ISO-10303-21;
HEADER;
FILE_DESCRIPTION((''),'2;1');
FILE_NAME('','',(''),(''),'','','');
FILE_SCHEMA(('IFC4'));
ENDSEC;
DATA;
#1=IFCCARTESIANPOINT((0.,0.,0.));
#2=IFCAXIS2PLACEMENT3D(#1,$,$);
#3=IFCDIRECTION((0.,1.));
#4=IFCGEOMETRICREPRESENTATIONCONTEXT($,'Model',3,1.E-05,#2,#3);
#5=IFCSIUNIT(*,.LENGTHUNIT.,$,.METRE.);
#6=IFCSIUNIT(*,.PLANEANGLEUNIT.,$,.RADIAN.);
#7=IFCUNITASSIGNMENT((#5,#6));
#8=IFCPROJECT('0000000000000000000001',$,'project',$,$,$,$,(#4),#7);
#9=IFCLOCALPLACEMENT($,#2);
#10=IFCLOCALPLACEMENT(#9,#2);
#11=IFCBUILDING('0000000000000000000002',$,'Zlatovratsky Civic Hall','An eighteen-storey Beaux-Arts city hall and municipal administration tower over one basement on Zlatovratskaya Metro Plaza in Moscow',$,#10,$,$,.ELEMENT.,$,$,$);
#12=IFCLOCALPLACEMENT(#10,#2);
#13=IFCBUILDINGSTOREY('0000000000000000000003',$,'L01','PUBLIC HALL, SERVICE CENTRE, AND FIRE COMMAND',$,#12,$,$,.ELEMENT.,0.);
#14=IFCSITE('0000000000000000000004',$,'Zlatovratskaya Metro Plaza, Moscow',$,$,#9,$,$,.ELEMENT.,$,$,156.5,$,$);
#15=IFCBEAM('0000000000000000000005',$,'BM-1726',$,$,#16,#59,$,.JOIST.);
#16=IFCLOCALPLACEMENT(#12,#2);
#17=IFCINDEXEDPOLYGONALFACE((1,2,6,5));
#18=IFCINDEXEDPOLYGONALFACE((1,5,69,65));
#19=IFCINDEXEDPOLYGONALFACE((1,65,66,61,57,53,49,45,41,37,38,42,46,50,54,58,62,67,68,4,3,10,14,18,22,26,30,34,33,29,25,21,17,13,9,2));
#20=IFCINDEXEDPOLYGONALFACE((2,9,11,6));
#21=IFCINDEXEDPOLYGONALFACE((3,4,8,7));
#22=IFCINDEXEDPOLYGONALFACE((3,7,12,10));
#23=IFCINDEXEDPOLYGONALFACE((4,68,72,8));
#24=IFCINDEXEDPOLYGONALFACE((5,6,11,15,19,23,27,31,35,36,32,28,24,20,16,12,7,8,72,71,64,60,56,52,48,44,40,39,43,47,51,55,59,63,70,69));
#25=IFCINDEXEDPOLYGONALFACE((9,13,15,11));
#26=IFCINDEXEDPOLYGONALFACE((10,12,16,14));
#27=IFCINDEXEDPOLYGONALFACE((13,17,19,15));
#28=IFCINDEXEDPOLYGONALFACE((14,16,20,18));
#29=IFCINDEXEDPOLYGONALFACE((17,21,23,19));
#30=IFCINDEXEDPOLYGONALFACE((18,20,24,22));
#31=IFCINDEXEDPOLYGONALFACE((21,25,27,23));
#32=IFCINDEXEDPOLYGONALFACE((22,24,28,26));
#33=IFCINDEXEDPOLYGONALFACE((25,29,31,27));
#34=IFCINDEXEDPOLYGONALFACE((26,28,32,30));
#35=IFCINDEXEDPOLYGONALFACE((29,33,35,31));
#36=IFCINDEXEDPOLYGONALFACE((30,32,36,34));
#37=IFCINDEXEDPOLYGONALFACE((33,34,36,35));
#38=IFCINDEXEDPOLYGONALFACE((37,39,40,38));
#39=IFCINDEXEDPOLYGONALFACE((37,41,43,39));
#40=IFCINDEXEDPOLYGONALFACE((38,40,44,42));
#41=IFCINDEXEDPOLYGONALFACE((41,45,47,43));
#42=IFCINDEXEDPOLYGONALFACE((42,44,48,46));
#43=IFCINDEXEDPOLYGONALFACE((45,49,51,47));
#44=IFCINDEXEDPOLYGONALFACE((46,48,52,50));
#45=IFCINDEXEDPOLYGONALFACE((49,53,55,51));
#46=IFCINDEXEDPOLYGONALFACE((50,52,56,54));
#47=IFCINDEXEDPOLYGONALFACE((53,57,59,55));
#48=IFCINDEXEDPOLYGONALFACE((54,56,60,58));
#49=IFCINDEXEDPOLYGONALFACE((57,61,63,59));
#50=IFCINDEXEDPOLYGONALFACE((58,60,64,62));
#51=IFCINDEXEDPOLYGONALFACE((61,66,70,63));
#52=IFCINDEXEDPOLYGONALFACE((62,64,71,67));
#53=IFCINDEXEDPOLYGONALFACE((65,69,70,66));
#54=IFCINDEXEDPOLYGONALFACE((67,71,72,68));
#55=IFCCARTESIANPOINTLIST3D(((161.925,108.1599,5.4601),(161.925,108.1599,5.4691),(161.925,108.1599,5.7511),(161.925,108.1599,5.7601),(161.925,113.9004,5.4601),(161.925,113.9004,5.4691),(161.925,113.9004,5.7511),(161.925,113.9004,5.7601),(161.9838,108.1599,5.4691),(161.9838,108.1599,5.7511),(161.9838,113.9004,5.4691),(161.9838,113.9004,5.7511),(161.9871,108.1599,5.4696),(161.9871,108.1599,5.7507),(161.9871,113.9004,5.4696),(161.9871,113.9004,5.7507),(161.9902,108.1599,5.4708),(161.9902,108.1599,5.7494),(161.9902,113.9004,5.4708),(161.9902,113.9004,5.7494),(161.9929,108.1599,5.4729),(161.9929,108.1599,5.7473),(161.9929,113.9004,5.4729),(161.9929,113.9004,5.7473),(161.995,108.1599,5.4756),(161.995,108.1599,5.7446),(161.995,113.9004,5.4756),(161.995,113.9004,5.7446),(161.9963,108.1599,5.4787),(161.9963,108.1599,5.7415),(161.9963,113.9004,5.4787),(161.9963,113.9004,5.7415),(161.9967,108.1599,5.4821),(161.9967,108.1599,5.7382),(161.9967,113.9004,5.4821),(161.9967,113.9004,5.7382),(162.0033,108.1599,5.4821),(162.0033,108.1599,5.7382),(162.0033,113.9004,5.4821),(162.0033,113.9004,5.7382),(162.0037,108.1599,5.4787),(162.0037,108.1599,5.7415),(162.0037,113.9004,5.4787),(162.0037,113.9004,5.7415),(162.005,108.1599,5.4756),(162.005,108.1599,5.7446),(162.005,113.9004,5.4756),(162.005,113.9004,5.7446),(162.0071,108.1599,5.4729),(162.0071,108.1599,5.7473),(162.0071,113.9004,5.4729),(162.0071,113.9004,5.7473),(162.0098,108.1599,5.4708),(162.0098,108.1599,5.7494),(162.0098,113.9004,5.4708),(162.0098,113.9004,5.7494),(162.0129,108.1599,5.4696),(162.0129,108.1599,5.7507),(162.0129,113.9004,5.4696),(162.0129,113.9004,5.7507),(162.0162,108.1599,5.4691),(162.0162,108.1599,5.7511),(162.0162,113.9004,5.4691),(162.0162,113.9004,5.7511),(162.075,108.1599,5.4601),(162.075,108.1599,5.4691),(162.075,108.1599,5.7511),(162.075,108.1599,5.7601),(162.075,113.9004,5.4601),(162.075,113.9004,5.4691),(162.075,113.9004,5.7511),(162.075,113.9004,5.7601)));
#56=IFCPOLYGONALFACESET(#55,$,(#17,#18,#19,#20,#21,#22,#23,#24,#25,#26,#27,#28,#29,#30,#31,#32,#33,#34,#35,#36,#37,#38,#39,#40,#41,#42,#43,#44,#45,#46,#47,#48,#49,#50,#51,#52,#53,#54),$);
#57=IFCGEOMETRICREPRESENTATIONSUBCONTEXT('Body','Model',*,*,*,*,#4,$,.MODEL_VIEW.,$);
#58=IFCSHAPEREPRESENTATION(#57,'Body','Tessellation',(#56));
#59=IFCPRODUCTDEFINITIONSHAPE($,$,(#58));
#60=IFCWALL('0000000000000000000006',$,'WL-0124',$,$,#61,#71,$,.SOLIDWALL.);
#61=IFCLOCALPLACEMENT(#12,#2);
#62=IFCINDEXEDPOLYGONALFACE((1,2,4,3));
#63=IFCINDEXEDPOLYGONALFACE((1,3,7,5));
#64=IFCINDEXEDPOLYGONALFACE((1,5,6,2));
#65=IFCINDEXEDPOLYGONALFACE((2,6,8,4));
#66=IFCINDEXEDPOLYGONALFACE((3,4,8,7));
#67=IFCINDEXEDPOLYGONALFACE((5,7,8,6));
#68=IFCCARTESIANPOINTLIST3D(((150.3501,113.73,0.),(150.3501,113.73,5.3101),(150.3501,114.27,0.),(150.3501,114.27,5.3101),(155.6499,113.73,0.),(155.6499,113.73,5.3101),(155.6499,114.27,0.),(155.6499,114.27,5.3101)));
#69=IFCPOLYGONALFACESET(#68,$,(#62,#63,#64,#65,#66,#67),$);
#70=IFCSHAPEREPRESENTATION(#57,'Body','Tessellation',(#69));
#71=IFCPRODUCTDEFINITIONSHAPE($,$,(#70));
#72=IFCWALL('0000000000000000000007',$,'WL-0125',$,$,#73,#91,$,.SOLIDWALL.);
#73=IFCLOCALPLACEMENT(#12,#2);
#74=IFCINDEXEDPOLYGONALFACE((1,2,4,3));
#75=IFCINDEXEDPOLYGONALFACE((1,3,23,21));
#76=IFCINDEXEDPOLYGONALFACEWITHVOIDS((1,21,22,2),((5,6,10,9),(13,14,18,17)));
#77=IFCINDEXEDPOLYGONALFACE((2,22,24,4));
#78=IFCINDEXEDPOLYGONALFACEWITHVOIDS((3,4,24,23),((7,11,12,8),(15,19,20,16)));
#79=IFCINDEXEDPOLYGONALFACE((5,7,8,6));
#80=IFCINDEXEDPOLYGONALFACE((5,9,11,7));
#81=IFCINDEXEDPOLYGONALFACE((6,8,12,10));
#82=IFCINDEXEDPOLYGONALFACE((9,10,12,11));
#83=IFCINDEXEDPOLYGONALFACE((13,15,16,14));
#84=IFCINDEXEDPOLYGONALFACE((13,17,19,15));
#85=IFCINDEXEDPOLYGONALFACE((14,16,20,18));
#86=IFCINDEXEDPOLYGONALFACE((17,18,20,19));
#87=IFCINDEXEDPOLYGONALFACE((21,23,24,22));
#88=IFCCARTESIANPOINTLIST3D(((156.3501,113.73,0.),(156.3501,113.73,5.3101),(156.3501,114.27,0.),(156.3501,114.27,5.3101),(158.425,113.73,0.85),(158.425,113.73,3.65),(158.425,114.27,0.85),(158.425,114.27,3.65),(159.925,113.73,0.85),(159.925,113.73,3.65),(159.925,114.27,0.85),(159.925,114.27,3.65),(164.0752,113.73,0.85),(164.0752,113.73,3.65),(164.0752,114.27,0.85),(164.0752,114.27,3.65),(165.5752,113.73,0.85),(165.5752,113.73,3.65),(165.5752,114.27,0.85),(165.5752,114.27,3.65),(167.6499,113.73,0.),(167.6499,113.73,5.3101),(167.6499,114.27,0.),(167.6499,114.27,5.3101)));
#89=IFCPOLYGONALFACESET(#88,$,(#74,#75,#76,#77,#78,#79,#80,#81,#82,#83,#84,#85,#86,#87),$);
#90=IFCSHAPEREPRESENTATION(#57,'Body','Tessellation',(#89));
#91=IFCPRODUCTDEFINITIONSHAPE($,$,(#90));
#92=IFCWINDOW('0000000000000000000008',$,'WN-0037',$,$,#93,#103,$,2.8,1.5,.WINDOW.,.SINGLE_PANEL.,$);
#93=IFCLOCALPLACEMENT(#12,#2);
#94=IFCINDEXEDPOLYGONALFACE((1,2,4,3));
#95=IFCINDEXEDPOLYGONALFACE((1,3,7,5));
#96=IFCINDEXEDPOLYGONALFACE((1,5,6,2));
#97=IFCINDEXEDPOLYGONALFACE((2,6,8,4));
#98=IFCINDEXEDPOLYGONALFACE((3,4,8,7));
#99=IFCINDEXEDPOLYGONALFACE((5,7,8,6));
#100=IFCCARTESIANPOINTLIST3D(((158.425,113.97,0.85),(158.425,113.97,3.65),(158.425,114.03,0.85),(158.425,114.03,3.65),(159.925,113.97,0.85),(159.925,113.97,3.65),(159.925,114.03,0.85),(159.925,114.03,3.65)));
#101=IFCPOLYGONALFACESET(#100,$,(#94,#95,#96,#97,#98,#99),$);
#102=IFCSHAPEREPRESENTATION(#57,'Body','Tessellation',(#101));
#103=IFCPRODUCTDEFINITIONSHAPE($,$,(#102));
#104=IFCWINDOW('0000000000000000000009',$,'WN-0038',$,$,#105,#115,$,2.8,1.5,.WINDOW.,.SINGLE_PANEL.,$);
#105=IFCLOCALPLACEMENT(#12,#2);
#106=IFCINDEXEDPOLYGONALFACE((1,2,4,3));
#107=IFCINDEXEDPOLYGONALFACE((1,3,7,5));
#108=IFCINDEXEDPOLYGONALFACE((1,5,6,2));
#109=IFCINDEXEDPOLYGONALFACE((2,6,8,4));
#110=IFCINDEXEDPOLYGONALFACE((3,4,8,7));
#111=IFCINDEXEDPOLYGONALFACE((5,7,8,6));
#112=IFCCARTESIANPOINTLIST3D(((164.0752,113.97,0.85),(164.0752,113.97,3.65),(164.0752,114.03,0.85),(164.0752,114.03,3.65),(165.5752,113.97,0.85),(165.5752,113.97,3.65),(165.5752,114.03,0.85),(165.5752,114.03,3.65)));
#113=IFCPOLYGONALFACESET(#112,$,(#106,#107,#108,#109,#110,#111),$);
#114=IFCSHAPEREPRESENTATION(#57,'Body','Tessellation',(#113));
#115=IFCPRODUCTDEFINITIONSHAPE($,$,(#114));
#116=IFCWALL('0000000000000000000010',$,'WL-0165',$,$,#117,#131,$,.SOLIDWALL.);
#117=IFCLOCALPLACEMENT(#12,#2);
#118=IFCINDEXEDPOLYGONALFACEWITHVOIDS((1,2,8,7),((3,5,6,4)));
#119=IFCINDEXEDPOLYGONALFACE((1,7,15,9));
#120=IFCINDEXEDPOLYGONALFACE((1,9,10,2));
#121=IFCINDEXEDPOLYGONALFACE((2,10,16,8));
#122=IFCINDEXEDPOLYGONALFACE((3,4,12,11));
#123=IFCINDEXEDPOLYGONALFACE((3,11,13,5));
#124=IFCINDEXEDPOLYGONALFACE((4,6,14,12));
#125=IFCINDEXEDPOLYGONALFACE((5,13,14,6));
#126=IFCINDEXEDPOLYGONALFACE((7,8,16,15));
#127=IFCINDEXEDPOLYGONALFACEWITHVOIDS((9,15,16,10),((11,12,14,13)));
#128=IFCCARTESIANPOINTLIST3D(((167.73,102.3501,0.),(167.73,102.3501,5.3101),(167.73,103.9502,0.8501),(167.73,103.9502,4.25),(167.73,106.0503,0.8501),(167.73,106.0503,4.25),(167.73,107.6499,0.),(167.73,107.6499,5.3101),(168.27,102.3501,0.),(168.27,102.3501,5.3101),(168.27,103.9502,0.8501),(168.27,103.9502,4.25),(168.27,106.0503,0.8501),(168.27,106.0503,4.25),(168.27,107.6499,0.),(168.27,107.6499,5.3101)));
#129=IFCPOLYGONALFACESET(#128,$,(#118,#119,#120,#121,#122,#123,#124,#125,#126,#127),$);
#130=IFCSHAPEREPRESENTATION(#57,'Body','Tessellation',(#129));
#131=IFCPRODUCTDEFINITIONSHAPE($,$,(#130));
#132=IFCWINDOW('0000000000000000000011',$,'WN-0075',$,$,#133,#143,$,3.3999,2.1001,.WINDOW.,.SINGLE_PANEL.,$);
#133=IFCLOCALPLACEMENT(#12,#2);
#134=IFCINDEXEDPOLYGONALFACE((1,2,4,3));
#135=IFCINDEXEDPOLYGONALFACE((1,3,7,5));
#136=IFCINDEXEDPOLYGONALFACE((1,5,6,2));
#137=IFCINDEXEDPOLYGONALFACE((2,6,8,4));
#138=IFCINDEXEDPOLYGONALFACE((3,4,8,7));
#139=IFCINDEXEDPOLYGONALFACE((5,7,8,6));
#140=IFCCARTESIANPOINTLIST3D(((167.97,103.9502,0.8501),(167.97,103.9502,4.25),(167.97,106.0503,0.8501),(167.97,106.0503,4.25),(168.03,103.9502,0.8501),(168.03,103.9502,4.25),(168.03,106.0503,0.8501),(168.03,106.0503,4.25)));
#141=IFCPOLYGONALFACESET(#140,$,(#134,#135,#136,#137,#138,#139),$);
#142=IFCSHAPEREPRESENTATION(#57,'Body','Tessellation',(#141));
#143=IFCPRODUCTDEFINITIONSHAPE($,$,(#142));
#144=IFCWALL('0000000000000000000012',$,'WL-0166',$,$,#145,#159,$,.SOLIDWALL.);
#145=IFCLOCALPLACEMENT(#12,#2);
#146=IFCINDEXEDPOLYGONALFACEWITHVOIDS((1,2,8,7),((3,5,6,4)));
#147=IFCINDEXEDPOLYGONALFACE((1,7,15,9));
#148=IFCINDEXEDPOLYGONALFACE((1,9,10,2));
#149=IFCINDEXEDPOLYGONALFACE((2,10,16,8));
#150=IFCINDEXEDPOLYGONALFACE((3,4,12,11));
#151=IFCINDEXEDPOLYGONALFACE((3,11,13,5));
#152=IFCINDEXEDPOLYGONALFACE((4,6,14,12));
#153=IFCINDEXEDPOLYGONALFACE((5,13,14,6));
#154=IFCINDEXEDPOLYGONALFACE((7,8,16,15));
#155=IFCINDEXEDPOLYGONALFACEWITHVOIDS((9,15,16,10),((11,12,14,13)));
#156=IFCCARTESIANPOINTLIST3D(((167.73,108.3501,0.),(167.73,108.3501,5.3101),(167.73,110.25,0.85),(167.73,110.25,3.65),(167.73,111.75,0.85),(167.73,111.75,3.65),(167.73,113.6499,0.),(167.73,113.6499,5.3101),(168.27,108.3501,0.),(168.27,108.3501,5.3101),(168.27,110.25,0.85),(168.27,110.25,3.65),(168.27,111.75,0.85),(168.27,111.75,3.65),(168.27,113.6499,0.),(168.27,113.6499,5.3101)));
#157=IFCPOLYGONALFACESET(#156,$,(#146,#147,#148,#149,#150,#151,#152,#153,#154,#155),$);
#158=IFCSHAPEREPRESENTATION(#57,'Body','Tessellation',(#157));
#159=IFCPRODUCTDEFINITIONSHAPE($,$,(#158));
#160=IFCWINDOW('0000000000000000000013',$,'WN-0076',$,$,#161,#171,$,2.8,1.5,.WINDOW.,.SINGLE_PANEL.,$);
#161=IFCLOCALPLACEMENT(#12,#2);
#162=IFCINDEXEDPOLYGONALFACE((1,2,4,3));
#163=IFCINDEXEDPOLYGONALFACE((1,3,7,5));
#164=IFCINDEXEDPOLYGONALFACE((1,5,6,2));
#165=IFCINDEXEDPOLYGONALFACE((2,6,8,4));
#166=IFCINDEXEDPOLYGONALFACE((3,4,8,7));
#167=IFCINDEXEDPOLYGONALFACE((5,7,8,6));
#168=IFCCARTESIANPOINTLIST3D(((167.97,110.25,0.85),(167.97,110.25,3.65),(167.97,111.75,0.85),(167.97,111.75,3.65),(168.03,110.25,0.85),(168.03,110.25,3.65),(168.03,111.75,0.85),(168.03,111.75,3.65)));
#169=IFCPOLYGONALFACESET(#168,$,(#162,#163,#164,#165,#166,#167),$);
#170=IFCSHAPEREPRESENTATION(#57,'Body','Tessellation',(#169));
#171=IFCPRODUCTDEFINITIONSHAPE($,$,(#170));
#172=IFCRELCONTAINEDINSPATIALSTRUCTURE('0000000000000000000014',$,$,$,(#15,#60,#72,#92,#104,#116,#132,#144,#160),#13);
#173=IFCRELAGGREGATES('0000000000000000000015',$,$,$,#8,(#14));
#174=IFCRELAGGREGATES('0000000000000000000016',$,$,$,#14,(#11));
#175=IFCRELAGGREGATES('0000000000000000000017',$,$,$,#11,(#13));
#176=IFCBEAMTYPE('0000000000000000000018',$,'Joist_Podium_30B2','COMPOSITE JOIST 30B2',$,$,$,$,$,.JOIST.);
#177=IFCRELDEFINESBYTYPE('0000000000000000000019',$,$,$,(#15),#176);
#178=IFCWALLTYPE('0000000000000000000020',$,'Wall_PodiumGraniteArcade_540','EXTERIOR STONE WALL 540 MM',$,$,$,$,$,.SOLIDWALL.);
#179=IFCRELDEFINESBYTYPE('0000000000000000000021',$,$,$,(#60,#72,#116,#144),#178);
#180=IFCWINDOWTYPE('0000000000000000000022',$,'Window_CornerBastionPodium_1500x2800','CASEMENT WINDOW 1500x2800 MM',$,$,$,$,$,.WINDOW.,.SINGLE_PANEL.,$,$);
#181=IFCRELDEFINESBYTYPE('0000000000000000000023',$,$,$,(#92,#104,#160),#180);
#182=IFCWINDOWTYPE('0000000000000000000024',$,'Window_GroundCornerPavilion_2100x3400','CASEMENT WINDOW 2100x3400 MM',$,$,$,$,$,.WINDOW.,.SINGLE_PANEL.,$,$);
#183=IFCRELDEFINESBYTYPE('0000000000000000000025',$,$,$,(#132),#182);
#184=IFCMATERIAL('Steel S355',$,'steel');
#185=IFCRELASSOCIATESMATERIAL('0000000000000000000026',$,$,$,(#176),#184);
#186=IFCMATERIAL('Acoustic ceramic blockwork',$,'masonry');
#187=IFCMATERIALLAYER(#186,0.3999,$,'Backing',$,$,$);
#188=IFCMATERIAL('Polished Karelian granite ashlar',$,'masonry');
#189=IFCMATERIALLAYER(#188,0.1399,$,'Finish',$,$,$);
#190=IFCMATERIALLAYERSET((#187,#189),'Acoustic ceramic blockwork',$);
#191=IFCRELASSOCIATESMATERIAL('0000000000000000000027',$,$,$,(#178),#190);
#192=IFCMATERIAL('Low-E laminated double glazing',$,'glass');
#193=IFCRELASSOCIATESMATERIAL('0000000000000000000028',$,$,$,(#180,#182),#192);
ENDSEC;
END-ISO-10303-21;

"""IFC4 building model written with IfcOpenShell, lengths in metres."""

from ifc_helpers import new_model, si_unit, direction, frame, frame_2d, origin, origin_2d, place, context, subcontext, project, spatial, rectangle, i_section, extrude, material, layer, layer_set, material_profile, profile_set, type_object, element, fill, save


model = new_model("IFC4")

# Units and contexts
model_context = context("Model", 3, precision=1e-05, world=origin(), true_north=direction((0.0, 1.0)))
body_context = subcontext(model_context, "Body", "Model", "MODEL_VIEW")
ifc_project = project(units=[si_unit("LENGTHUNIT", "METRE"), si_unit("PLANEANGLEUNIT", "RADIAN")], contexts=[model_context])

# Site, building, storey
site_placement = place(None, origin())
site = spatial("IfcSite", under=ifc_project, at=site_placement, Name="Zlatovratskaya Metro Plaza, Moscow", CompositionType="ELEMENT", RefElevation=156.5)
building_placement = place(site_placement, origin())
building = spatial("IfcBuilding", under=site, at=building_placement, Name="Zlatovratsky Civic Hall", Description="An eighteen-storey Beaux-Arts city hall and municipal administration tower over one basement on Zlatovratskaya Metro Plaza in Moscow", CompositionType="ELEMENT")
storey_placement = place(building_placement, origin())
storey = spatial("IfcBuildingStorey", under=building, at=storey_placement, Name="L01", Description="PUBLIC HALL, SERVICE CENTRE, AND FIRE COMMAND", CompositionType="ELEMENT", Elevation=0.0)

# Shared definitions
ifc_material_1 = material(Name="Steel S355", Category="steel")

# Beam
ifc_material_profile_1 = material_profile(ifc_material_1, i_section(OverallWidth=0.1499, OverallDepth=0.3, WebThickness=0.0066, FlangeThickness=0.009, FilletRadius=0.0129, at=origin_2d()), Name="30B2")
ifc_profile_set_1 = profile_set([ifc_material_profile_1], Name="Steel S355")
beam_type_1 = type_object("IfcBeamType", Name="Joist_Podium_30B2", Description="COMPOSITE JOIST 30B2", PredefinedType="JOIST", material=ifc_profile_set_1)
beam_1_placement = place(storey_placement, frame((162.0, 108.1599, 5.6101), z_axis=(0.0, 1.0, 0.0), x_axis=(-1.0, 0.0, 0.0)))
element("IfcBeam", 1, at=beam_1_placement, inside=storey, type_object=beam_type_1, Name="BM-1726", PredefinedType="JOIST", context=body_context, shape_type="SweptSolid", body=[
    extrude(i_section(OverallWidth=0.1499, OverallDepth=0.3, WebThickness=0.0066, FlangeThickness=0.009, FilletRadius=0.0129, at=origin_2d()), origin(), (0.0, 0.0, 1.0), 5.7405),
])

# Wall
ifc_material_2 = material(Name="Acoustic ceramic blockwork", Category="masonry")
ifc_layer_1 = layer(ifc_material_2, 0.3999, Name="Backing")
ifc_material_3 = material(Name="Polished Karelian granite ashlar", Category="masonry")
ifc_layer_2 = layer(ifc_material_3, 0.1399, Name="Finish")
ifc_layer_set_1 = layer_set([ifc_layer_1, ifc_layer_2], Name="Acoustic ceramic blockwork")
wall_type_1 = type_object("IfcWallType", Name="Wall_PodiumGraniteArcade_540", Description="EXTERIOR STONE WALL 540 MM", PredefinedType="SOLIDWALL", material=ifc_layer_set_1)
wall_1_placement = place(storey_placement, frame((150.3501, 114.0, 0.0), z_axis=(0.0, 0.0, 1.0), x_axis=(1.0, 0.0, 0.0)))
element("IfcWall", 2, at=wall_1_placement, inside=storey, type_object=wall_type_1, Name="WL-0124", PredefinedType="SOLIDWALL", context=body_context, shape_type="SweptSolid", body=[
    extrude(rectangle(XDim=5.2998, YDim=0.54, at=frame_2d((2.6499, 0.0))), origin(), (0.0, 0.0, 1.0), 5.3101),
])

# Wall, openings, windows
wall_2_placement = place(storey_placement, frame((156.3501, 114.0, 0.0), z_axis=(0.0, 0.0, 1.0), x_axis=(1.0, 0.0, 0.0)))
wall_2 = element("IfcWall", 3, at=wall_2_placement, inside=storey, type_object=wall_type_1, Name="WL-0125", PredefinedType="SOLIDWALL", context=body_context, shape_type="SweptSolid", body=[
    extrude(rectangle(XDim=11.2998, YDim=0.54, at=frame_2d((5.6499, 0.0))), origin(), (0.0, 0.0, 1.0), 5.3101),
])
opening_1_placement = place(wall_2_placement, frame((2.075, 0.0, 0.8501)))
opening_1 = element("IfcOpeningElement", 4, at=opening_1_placement, cuts=wall_2, PredefinedType="OPENING", context=body_context, shape_type="SweptSolid", body=[
    extrude(rectangle(XDim=1.5, YDim=2.8, at=frame_2d((0.75, 1.3999))), frame((0.0, 0.2849, 0.0), z_axis=(0.0, -1.0, 0.0), x_axis=(1.0, 0.0, 0.0)), (0.0, 0.0, 1.0), 0.5698),
])
opening_2_placement = place(wall_2_placement, frame((7.7251, 0.0, 0.8501)))
opening_2 = element("IfcOpeningElement", 5, at=opening_2_placement, cuts=wall_2, PredefinedType="OPENING", context=body_context, shape_type="SweptSolid", body=[
    extrude(rectangle(XDim=1.5, YDim=2.8, at=frame_2d((0.75, 1.3999))), frame((0.0, 0.2849, 0.0), z_axis=(0.0, -1.0, 0.0), x_axis=(1.0, 0.0, 0.0)), (0.0, 0.0, 1.0), 0.5698),
])
ifc_material_4 = material(Name="Low-E laminated double glazing", Category="glass")
window_type_1 = type_object("IfcWindowType", Name="Window_CornerBastionPodium_1500x2800", Description="CASEMENT WINDOW 1500x2800 MM", PartitioningType="SINGLE_PANEL", PredefinedType="WINDOW", material=ifc_material_4)
window_1_placement = place(opening_1_placement, origin())
window_1 = element("IfcWindow", 6, at=window_1_placement, inside=storey, type_object=window_type_1, Name="WN-0037", OverallHeight=2.8, OverallWidth=1.5, PartitioningType="SINGLE_PANEL", PredefinedType="WINDOW", context=body_context, shape_type="SweptSolid", body=[
    extrude(rectangle(XDim=1.5, YDim=2.8, at=frame_2d((0.75, 1.3999))), frame((0.0, 0.03, 0.0), z_axis=(0.0, -1.0, 0.0), x_axis=(1.0, 0.0, 0.0)), (0.0, 0.0, 1.0), 0.0601),
])
fill(opening_1, window_1)
window_2_placement = place(opening_2_placement, origin())
window_2 = element("IfcWindow", 7, at=window_2_placement, inside=storey, type_object=window_type_1, Name="WN-0038", OverallHeight=2.8, OverallWidth=1.5, PartitioningType="SINGLE_PANEL", PredefinedType="WINDOW", context=body_context, shape_type="SweptSolid", body=[
    extrude(rectangle(XDim=1.5, YDim=2.8, at=frame_2d((0.75, 1.3999))), frame((0.0, 0.03, 0.0), z_axis=(0.0, -1.0, 0.0), x_axis=(1.0, 0.0, 0.0)), (0.0, 0.0, 1.0), 0.0601),
])
fill(opening_2, window_2)

# Walls, openings, windows
wall_3_placement = place(storey_placement, frame((168.0, 102.3501, 0.0), z_axis=(0.0, 0.0, 1.0), x_axis=(0.0, 1.0, 0.0)))
wall_3 = element("IfcWall", 8, at=wall_3_placement, inside=storey, type_object=wall_type_1, Name="WL-0165", PredefinedType="SOLIDWALL", context=body_context, shape_type="SweptSolid", body=[
    extrude(rectangle(XDim=5.2998, YDim=0.54, at=frame_2d((2.6499, 0.0))), origin(), (0.0, 0.0, 1.0), 5.3101),
])
opening_3_placement = place(wall_3_placement, frame((1.6001, 0.0, 0.8501)))
opening_3 = element("IfcOpeningElement", 9, at=opening_3_placement, cuts=wall_3, PredefinedType="OPENING", context=body_context, shape_type="SweptSolid", body=[
    extrude(rectangle(XDim=2.1001, YDim=3.3999, at=frame_2d((1.05, 1.7))), frame((0.0, 0.2849, 0.0), z_axis=(0.0, -1.0, 0.0), x_axis=(1.0, 0.0, 0.0)), (0.0, 0.0, 1.0), 0.5698),
])
window_type_2 = type_object("IfcWindowType", Name="Window_GroundCornerPavilion_2100x3400", Description="CASEMENT WINDOW 2100x3400 MM", PartitioningType="SINGLE_PANEL", PredefinedType="WINDOW", material=ifc_material_4)
window_3_placement = place(opening_3_placement, origin())
window_3 = element("IfcWindow", 10, at=window_3_placement, inside=storey, type_object=window_type_2, Name="WN-0075", OverallHeight=3.3999, OverallWidth=2.1001, PartitioningType="SINGLE_PANEL", PredefinedType="WINDOW", context=body_context, shape_type="SweptSolid", body=[
    extrude(rectangle(XDim=2.1001, YDim=3.3999, at=frame_2d((1.05, 1.7))), frame((0.0, 0.03, 0.0), z_axis=(0.0, -1.0, 0.0), x_axis=(1.0, 0.0, 0.0)), (0.0, 0.0, 1.0), 0.0601),
])
fill(opening_3, window_3)
wall_4_placement = place(storey_placement, frame((168.0, 108.3501, 0.0), z_axis=(0.0, 0.0, 1.0), x_axis=(0.0, 1.0, 0.0)))
wall_4 = element("IfcWall", 11, at=wall_4_placement, inside=storey, type_object=wall_type_1, Name="WL-0166", PredefinedType="SOLIDWALL", context=body_context, shape_type="SweptSolid", body=[
    extrude(rectangle(XDim=5.2998, YDim=0.54, at=frame_2d((2.6499, 0.0))), origin(), (0.0, 0.0, 1.0), 5.3101),
])
opening_4_placement = place(wall_4_placement, frame((1.8999, 0.0, 0.8501)))
opening_4 = element("IfcOpeningElement", 12, at=opening_4_placement, cuts=wall_4, PredefinedType="OPENING", context=body_context, shape_type="SweptSolid", body=[
    extrude(rectangle(XDim=1.5, YDim=2.8, at=frame_2d((0.75, 1.3999))), frame((0.0, 0.2849, 0.0), z_axis=(0.0, -1.0, 0.0), x_axis=(1.0, 0.0, 0.0)), (0.0, 0.0, 1.0), 0.5698),
])
window_4_placement = place(opening_4_placement, origin())
window_4 = element("IfcWindow", 13, at=window_4_placement, inside=storey, type_object=window_type_1, Name="WN-0076", OverallHeight=2.8, OverallWidth=1.5, PartitioningType="SINGLE_PANEL", PredefinedType="WINDOW", context=body_context, shape_type="SweptSolid", body=[
    extrude(rectangle(XDim=1.5, YDim=2.8, at=frame_2d((0.75, 1.3999))), frame((0.0, 0.03, 0.0), z_axis=(0.0, -1.0, 0.0), x_axis=(1.0, 0.0, 0.0)), (0.0, 0.0, 1.0), 0.0601),
])
fill(opening_4, window_4)

save(model, "model.ifc")
